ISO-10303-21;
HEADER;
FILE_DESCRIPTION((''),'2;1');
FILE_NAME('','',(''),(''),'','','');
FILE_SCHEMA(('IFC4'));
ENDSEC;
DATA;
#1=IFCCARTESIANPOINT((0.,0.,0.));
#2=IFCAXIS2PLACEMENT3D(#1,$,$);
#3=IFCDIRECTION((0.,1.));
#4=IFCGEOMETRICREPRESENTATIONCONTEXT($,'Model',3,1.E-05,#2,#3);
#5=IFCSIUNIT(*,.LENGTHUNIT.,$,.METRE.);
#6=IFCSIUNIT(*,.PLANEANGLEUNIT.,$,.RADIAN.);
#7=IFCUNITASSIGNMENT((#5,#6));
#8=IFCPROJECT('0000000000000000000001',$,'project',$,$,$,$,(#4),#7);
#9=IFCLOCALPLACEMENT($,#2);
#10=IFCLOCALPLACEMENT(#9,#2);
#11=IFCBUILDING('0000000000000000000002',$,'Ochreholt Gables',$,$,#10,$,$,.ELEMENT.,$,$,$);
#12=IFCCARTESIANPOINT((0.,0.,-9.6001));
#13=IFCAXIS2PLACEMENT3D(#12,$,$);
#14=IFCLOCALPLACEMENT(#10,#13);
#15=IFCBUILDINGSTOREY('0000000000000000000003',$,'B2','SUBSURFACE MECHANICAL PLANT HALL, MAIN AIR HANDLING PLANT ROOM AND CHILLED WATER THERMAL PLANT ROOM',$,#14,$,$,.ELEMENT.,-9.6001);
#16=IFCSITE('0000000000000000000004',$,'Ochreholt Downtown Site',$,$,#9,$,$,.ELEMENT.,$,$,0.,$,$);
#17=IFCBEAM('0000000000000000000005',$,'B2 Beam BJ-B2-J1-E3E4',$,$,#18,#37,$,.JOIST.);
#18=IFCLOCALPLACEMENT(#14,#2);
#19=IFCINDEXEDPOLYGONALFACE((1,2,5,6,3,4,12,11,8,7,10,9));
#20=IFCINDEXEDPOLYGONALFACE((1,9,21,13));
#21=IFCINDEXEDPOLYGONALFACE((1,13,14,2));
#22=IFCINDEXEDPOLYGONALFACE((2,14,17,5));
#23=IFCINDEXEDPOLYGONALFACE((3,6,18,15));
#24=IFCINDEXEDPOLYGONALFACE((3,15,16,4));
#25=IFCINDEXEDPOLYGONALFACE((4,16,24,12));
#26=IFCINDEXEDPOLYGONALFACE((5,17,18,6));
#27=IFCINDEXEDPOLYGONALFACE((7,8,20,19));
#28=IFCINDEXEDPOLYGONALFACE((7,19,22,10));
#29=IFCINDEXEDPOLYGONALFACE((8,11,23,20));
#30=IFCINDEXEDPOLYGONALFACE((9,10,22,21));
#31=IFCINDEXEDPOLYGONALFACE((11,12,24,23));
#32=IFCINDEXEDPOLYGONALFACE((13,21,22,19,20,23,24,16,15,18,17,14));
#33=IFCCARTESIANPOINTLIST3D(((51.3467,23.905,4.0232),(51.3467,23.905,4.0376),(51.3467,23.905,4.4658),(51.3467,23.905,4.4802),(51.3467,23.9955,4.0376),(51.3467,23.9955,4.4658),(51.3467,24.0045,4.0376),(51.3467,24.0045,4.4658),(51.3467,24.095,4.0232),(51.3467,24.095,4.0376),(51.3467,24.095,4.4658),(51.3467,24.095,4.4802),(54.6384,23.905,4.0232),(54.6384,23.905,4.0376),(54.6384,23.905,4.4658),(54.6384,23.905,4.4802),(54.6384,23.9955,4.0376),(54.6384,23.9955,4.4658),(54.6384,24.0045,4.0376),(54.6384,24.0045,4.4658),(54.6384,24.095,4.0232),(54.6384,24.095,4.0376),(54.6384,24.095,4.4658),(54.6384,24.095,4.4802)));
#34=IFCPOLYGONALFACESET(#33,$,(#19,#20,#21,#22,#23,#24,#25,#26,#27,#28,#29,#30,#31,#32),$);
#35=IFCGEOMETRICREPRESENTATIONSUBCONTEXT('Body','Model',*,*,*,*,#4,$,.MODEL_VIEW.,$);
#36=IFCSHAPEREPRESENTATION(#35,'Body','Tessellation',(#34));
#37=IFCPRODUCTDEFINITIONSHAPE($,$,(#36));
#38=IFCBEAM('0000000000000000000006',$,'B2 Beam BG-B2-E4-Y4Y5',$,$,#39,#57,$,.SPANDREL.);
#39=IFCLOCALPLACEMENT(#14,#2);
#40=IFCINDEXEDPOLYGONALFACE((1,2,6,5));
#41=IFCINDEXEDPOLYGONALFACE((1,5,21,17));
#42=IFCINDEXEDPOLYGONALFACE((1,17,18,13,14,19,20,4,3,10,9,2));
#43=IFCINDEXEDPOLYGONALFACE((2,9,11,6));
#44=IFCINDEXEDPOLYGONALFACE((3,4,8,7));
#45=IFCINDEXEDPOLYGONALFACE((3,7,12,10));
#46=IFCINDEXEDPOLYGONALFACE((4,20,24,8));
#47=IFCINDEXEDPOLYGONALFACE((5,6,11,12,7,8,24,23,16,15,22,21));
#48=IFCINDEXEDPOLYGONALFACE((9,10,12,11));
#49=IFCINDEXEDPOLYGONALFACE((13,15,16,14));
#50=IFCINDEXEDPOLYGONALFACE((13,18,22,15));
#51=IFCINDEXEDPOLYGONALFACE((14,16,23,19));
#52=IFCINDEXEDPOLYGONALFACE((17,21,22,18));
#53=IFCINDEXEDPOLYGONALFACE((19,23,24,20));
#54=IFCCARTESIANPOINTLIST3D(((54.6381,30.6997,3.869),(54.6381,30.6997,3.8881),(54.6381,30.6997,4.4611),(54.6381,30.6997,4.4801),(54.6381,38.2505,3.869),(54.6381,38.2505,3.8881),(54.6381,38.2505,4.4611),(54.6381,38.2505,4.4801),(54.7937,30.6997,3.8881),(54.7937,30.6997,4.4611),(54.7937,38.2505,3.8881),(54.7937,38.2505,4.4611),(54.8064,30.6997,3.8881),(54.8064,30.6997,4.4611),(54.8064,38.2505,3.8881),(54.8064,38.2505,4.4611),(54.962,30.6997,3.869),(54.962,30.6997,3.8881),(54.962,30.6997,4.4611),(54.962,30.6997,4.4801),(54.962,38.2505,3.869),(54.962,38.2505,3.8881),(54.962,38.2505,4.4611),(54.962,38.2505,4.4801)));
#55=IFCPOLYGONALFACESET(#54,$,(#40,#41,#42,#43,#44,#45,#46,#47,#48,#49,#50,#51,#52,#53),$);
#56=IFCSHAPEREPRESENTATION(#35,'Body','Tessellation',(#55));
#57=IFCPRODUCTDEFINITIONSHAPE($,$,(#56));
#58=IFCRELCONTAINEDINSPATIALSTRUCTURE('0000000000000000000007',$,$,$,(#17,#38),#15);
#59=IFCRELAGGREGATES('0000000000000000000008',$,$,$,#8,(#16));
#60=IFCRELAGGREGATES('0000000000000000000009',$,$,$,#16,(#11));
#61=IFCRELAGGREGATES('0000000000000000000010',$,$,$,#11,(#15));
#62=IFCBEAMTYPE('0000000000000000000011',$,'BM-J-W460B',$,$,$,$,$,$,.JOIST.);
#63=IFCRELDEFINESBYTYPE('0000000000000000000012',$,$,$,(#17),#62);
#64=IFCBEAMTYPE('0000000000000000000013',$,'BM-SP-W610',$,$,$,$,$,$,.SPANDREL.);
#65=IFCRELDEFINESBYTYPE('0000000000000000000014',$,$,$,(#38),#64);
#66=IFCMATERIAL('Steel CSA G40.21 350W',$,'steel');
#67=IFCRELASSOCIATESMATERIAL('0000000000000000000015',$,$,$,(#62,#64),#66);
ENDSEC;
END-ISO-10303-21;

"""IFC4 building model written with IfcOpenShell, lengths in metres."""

from ifc_helpers import new_model, si_unit, direction, frame, origin, origin_2d, place, context, subcontext, project, spatial, i_section, extrude, material, material_profile, profile_set, type_object, element, save


model = new_model("IFC4")

# Units and contexts
model_context = context("Model", 3, precision=1e-05, world=origin(), true_north=direction((0.0, 1.0)))
body_context = subcontext(model_context, "Body", "Model", "MODEL_VIEW")
ifc_project = project(units=[si_unit("LENGTHUNIT", "METRE"), si_unit("PLANEANGLEUNIT", "RADIAN")], contexts=[model_context])

# Site, building, storey
site_placement = place(None, origin())
site = spatial("IfcSite", under=ifc_project, at=site_placement, Name="Ochreholt Downtown Site", CompositionType="ELEMENT", RefElevation=0.0)
building_placement = place(site_placement, origin())
building = spatial("IfcBuilding", under=site, at=building_placement, Name="Ochreholt Gables", CompositionType="ELEMENT")
storey_placement = place(building_placement, frame((0.0, 0.0, -9.6001)))
storey = spatial("IfcBuildingStorey", under=building, at=storey_placement, Name="B2", Description="SUBSURFACE MECHANICAL PLANT HALL, MAIN AIR HANDLING PLANT ROOM AND CHILLED WATER THERMAL PLANT ROOM", CompositionType="ELEMENT", Elevation=-9.6001)

# Shared definitions
ifc_material_1 = material(Name="Steel CSA G40.21 350W", Category="steel")

# Beams
ifc_material_profile_1 = material_profile(ifc_material_1, i_section(OverallWidth=0.1899, OverallDepth=0.457, WebThickness=0.009, FlangeThickness=0.0144, at=origin_2d()), Name="W460X74")
ifc_profile_set_1 = profile_set([ifc_material_profile_1], Name="Steel CSA G40.21 350W")
beam_type_1 = type_object("IfcBeamType", Name="BM-J-W460B", PredefinedType="JOIST", material=ifc_profile_set_1)
beam_1_placement = place(storey_placement, frame((51.3467, 24.0, 4.2517), z_axis=(1.0, 0.0, 0.0), x_axis=(0.0, 1.0, 0.0)))
element("IfcBeam", 1, at=beam_1_placement, inside=storey, type_object=beam_type_1, Name="B2 Beam BJ-B2-J1-E3E4", PredefinedType="JOIST", context=body_context, shape_type="SweptSolid", body=[
    extrude(i_section(OverallWidth=0.1899, OverallDepth=0.457, WebThickness=0.009, FlangeThickness=0.0144, at=origin_2d()), origin(), (0.0, 0.0, 1.0), 3.2917),
])
ifc_material_profile_2 = material_profile(ifc_material_1, i_section(OverallWidth=0.324, OverallDepth=0.6111, WebThickness=0.0127, FlangeThickness=0.019, at=origin_2d()), Name="W610X155")
ifc_profile_set_2 = profile_set([ifc_material_profile_2], Name="Steel CSA G40.21 350W")
beam_type_2 = type_object("IfcBeamType", Name="BM-SP-W610", PredefinedType="SPANDREL", material=ifc_profile_set_2)
beam_2_placement = place(storey_placement, frame((54.8, 30.6997, 4.1746), z_axis=(0.0, 1.0, 0.0), x_axis=(-1.0, 0.0, 0.0)))
element("IfcBeam", 2, at=beam_2_placement, inside=storey, type_object=beam_type_2, Name="B2 Beam BG-B2-E4-Y4Y5", PredefinedType="SPANDREL", context=body_context, shape_type="SweptSolid", body=[
    extrude(i_section(OverallWidth=0.324, OverallDepth=0.6111, WebThickness=0.0127, FlangeThickness=0.019, at=origin_2d()), origin(), (0.0, 0.0, 1.0), 7.5508),
])

save(model, "model.ifc")
